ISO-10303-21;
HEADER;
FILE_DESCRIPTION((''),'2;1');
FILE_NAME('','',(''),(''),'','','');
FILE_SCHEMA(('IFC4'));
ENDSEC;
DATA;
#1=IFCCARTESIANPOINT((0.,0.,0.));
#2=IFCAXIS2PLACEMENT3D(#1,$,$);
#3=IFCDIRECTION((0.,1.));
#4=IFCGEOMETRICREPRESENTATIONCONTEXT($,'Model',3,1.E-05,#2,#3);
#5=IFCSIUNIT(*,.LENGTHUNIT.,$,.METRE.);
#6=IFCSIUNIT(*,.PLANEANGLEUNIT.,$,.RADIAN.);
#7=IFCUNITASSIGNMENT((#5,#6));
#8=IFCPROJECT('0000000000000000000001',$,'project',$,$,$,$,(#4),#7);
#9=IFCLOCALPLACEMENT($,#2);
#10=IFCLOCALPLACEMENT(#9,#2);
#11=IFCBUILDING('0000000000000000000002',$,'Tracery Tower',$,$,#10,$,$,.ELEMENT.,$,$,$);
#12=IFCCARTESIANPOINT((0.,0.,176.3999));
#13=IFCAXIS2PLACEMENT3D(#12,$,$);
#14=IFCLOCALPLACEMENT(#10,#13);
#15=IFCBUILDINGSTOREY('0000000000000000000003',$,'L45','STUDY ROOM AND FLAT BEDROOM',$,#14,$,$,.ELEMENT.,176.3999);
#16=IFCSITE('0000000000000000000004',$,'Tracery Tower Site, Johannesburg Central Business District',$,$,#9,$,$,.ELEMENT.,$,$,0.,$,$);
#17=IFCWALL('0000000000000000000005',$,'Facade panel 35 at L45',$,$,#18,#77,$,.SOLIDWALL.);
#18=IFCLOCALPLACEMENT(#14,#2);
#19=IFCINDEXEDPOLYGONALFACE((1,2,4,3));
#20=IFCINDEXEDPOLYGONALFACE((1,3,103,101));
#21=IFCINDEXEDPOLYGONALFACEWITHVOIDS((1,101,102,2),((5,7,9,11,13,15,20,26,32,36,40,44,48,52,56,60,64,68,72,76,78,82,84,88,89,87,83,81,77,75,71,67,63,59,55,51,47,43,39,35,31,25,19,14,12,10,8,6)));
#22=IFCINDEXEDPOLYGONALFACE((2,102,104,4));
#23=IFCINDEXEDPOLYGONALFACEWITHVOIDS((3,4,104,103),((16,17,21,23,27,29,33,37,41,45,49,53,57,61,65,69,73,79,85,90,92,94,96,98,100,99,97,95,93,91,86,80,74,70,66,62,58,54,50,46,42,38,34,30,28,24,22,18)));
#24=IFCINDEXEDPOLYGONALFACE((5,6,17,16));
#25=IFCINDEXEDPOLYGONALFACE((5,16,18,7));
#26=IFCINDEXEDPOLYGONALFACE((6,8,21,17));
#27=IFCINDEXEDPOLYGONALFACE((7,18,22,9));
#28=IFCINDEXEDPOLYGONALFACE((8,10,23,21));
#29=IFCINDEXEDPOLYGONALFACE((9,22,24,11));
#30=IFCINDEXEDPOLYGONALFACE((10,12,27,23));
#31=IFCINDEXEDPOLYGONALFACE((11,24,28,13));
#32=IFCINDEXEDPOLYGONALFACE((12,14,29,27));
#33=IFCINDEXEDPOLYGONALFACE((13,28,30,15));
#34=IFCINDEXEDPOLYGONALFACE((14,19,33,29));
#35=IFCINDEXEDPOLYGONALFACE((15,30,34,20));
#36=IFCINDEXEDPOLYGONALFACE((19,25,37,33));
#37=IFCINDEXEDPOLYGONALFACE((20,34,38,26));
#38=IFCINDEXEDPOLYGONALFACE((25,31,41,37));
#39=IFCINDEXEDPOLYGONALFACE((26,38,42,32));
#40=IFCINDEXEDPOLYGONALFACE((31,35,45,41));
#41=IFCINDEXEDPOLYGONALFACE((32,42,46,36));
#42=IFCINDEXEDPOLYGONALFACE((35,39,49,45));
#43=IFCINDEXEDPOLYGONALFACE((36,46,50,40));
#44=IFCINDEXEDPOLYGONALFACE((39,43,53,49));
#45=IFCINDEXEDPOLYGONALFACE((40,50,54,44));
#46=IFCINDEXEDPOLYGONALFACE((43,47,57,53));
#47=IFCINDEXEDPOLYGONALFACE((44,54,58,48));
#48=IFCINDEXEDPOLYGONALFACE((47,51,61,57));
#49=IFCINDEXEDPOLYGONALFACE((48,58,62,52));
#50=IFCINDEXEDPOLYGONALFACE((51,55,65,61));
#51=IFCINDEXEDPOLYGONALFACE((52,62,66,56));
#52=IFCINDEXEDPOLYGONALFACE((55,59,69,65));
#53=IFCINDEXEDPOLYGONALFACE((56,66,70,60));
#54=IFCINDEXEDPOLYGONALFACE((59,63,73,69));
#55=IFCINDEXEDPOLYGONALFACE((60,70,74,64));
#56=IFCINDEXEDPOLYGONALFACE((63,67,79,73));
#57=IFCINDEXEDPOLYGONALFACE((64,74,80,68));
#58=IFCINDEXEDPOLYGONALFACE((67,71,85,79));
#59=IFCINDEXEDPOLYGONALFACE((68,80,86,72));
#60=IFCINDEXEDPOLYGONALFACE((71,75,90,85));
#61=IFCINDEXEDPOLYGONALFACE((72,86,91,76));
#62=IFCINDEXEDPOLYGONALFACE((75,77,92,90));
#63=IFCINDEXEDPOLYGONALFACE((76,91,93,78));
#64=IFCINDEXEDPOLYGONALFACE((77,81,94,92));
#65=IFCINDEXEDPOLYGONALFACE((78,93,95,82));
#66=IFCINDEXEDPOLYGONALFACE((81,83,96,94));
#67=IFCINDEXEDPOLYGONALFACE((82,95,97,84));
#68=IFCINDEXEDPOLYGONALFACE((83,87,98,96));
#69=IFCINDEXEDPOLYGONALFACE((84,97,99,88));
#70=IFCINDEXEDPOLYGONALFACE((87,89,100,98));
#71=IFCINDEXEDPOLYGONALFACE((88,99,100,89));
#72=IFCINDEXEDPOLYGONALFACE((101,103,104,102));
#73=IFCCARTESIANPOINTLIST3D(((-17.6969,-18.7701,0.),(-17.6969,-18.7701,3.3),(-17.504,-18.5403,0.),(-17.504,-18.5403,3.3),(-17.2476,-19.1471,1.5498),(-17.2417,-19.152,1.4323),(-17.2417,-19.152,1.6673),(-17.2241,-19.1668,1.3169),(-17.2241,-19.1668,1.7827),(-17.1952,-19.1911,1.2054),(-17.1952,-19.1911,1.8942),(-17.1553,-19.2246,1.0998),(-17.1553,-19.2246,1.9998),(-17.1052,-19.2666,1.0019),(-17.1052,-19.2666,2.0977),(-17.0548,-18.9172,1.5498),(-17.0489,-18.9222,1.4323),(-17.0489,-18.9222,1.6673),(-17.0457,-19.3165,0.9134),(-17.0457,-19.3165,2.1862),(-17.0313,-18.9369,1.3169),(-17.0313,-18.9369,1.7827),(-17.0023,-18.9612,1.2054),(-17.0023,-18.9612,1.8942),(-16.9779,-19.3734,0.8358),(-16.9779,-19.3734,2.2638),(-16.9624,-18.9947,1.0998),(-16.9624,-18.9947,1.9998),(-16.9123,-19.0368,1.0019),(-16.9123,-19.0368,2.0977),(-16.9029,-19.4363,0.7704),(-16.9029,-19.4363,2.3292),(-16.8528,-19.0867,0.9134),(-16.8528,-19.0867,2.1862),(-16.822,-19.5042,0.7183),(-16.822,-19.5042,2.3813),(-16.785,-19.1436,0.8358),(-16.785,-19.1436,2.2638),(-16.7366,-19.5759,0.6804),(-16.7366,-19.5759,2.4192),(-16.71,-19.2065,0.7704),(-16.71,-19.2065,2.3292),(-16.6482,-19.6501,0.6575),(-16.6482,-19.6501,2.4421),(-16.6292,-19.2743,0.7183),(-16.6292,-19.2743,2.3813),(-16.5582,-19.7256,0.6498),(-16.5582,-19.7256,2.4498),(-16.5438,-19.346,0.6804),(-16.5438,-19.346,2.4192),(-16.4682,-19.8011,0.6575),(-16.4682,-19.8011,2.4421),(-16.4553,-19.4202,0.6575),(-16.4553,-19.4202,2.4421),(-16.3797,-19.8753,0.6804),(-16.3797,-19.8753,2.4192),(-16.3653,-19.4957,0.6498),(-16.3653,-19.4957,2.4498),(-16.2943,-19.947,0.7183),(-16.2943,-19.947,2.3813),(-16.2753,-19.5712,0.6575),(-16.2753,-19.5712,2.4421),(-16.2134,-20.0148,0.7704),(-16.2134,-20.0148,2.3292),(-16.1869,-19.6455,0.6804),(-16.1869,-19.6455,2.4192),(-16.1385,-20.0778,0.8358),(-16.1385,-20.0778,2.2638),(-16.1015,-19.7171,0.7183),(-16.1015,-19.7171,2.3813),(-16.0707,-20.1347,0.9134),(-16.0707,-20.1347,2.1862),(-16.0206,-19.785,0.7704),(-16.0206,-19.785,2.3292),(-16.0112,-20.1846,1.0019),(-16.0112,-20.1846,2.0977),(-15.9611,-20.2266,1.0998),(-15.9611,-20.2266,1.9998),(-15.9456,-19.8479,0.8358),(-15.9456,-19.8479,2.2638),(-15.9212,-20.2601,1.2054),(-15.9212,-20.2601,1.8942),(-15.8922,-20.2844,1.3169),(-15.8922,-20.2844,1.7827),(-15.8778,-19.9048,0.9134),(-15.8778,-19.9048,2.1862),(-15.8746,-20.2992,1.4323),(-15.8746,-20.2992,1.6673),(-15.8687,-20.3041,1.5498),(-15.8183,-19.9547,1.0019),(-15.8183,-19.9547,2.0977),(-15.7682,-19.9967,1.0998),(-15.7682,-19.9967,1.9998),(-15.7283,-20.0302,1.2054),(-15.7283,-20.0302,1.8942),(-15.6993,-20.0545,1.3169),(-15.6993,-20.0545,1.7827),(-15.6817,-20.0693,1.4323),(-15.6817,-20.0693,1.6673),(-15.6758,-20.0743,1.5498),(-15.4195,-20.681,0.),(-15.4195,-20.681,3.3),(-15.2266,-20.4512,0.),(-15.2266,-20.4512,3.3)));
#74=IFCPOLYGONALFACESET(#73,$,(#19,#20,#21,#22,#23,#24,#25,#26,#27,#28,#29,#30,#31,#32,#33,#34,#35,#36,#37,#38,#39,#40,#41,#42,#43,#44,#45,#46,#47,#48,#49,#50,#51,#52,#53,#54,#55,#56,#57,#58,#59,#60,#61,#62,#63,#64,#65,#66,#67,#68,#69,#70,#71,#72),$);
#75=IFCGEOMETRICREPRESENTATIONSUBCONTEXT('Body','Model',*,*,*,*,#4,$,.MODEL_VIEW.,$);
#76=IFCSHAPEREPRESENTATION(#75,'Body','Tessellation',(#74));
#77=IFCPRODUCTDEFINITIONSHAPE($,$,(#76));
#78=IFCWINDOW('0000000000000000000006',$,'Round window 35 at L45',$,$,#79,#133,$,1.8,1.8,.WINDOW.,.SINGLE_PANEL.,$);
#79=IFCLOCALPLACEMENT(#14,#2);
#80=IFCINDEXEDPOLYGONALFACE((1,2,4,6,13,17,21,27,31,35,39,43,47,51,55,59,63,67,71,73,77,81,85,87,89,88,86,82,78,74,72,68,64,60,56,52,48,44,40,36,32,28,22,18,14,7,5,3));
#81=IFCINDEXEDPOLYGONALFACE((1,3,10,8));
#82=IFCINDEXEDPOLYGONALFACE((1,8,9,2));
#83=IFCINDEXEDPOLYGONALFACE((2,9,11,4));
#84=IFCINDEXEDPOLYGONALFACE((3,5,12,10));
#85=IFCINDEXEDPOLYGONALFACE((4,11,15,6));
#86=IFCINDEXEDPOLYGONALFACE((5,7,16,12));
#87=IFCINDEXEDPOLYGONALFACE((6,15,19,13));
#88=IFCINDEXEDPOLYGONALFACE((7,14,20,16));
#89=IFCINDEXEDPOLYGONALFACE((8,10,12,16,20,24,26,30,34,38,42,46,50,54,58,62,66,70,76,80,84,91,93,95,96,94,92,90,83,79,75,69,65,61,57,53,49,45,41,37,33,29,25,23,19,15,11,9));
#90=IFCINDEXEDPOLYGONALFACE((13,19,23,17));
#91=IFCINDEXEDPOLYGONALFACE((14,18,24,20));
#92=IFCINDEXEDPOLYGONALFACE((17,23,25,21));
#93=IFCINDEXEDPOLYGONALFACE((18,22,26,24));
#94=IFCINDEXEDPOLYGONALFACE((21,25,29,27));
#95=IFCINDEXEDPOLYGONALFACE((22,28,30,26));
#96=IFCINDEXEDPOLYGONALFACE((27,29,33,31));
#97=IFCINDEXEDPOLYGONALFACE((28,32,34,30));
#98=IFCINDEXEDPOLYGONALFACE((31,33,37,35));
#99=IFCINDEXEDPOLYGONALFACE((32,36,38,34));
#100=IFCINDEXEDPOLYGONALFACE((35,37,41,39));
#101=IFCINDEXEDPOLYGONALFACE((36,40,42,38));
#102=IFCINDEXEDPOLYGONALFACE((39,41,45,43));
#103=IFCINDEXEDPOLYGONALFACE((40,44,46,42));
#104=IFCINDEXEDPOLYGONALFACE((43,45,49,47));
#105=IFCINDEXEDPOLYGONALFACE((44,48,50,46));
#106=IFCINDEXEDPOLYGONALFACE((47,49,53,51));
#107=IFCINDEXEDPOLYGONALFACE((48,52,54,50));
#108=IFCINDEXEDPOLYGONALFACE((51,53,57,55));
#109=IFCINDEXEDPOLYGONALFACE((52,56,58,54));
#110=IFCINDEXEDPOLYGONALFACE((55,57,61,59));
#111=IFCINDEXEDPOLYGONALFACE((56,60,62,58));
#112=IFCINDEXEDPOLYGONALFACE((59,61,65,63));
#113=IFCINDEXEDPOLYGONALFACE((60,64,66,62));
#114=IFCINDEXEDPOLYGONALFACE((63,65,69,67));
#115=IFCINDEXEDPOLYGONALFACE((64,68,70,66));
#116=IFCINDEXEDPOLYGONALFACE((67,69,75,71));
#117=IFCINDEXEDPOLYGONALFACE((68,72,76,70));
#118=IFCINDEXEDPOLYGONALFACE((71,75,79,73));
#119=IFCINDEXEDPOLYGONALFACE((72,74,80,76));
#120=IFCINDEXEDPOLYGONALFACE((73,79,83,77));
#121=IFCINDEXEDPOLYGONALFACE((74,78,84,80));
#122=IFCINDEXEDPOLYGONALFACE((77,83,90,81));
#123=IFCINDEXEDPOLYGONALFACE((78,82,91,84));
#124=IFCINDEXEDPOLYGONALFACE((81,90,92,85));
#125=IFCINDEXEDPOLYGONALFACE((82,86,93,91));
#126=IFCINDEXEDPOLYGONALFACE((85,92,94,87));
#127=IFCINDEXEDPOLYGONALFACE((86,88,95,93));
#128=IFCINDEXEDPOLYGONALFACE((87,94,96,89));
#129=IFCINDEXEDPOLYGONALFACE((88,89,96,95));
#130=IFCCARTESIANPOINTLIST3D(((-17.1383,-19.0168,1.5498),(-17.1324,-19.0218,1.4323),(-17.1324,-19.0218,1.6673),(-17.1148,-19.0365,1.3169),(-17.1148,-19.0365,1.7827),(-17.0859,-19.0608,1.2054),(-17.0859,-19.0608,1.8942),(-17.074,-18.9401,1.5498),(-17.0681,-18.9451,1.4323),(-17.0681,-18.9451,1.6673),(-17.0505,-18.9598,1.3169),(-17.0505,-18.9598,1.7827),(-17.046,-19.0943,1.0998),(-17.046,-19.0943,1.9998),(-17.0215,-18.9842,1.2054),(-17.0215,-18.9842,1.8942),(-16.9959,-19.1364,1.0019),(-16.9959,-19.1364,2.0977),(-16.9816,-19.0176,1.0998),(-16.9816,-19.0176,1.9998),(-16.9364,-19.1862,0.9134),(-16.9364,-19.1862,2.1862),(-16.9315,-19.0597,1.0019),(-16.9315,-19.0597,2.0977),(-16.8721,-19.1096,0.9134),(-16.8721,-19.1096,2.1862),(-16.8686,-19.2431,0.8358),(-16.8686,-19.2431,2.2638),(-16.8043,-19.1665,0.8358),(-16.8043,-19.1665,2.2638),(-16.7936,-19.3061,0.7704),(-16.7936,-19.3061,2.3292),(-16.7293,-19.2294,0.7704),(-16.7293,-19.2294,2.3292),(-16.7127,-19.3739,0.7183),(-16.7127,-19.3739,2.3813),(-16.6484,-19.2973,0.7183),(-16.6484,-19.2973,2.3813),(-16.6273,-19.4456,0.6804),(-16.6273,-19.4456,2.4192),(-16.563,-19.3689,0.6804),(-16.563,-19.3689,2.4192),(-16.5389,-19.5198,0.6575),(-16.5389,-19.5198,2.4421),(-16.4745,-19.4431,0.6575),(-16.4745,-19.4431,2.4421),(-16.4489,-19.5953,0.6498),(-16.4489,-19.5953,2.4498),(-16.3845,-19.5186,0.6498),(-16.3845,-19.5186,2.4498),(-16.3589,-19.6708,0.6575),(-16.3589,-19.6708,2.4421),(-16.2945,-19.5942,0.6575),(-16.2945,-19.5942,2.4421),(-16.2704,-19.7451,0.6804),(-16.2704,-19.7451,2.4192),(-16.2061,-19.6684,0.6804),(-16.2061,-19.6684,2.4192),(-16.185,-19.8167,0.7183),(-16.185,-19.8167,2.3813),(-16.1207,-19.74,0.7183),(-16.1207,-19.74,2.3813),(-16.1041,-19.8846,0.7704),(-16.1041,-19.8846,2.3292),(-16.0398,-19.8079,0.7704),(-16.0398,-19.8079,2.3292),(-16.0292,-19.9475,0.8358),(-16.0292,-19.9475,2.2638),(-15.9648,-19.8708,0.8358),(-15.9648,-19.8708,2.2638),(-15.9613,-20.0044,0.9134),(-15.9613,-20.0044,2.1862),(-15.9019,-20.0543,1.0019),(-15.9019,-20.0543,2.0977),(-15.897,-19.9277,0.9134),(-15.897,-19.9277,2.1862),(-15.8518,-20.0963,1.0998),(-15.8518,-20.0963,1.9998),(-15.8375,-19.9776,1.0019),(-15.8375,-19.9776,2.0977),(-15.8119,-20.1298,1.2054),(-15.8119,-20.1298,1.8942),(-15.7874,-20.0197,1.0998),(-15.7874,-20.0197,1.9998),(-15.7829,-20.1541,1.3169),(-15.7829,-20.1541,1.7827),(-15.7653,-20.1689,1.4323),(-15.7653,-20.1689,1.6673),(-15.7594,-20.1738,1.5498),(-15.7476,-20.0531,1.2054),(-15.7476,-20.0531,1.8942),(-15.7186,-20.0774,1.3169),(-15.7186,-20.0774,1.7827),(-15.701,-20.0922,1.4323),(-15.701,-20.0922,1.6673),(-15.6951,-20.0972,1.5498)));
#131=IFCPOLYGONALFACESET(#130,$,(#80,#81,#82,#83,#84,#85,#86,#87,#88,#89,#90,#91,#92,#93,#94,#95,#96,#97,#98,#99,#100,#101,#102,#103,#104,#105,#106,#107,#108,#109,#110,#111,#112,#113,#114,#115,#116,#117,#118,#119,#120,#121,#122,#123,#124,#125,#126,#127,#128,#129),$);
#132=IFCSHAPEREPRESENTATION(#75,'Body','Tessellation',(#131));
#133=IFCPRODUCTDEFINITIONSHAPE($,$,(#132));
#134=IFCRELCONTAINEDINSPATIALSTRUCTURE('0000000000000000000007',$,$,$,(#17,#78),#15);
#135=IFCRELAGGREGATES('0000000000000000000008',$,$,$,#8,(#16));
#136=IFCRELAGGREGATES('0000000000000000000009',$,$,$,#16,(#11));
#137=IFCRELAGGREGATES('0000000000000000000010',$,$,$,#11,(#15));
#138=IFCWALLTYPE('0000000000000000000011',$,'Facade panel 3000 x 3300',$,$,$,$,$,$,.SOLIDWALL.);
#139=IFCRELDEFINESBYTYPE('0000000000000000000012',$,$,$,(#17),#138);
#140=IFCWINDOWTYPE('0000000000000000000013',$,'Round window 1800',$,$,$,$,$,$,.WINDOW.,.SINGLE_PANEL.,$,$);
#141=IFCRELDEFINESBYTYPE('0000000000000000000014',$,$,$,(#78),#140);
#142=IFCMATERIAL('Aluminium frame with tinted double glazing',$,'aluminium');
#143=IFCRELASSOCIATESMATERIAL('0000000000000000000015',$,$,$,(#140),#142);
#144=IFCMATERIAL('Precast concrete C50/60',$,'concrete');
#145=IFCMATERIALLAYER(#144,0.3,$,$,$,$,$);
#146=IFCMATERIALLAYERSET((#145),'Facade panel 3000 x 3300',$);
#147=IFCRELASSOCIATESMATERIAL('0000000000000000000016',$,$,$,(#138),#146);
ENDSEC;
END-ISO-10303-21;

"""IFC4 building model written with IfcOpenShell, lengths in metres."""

from ifc_helpers import new_model, si_unit, direction, frame, frame_2d, origin, origin_2d, place, context, subcontext, project, spatial, rectangle, circle, extrude, material, layer, layer_set, type_object, element, fill, save


model = new_model("IFC4")

# Units and contexts
model_context = context("Model", 3, precision=1e-05, world=origin(), true_north=direction((0.0, 1.0)))
body_context = subcontext(model_context, "Body", "Model", "MODEL_VIEW")
ifc_project = project(units=[si_unit("LENGTHUNIT", "METRE"), si_unit("PLANEANGLEUNIT", "RADIAN")], contexts=[model_context])

# Site, building, storey
site_placement = place(None, origin())
site = spatial("IfcSite", under=ifc_project, at=site_placement, Name="Tracery Tower Site, Johannesburg Central Business District", CompositionType="ELEMENT", RefElevation=0.0)
building_placement = place(site_placement, origin())
building = spatial("IfcBuilding", under=site, at=building_placement, Name="Tracery Tower", CompositionType="ELEMENT")
storey_placement = place(building_placement, frame((0.0, 0.0, 176.3999)))
storey = spatial("IfcBuildingStorey", under=building, at=storey_placement, Name="L45", Description="STUDY ROOM AND FLAT BEDROOM", CompositionType="ELEMENT", Elevation=176.3999)

# Wall, opening, window
ifc_material_1 = material(Name="Aluminium frame with tinted double glazing", Category="aluminium")
window_type = type_object("IfcWindowType", Name="Round window 1800", PartitioningType="SINGLE_PANEL", PredefinedType="WINDOW", material=ifc_material_1)
ifc_material_2 = material(Name="Precast concrete C50/60", Category="concrete")
ifc_layer_1 = layer(ifc_material_2, 0.3)
ifc_layer_set_1 = layer_set([ifc_layer_1], Name="Facade panel 3000 x 3300")
wall_type_1 = type_object("IfcWallType", Name="Facade panel 3000 x 3300", PredefinedType="SOLIDWALL", material=ifc_layer_set_1)
wall_1_placement = place(storey_placement, frame((-17.6003, -18.6553, 0.0), z_axis=(0.0, 0.0, 1.0), x_axis=(0.766049, -0.642782, 0.0)))
wall_1 = element("IfcWall", 1, at=wall_1_placement, inside=storey, type_object=wall_type_1, Name="Facade panel 35 at L45", PredefinedType="SOLIDWALL", context=body_context, shape_type="SweptSolid", body=[
    extrude(rectangle(XDim=2.9729, YDim=0.3, at=frame_2d((1.4863, 0.0))), origin(), (0.0, 0.0, 1.0), 3.3),
])
opening_1_placement = place(wall_1_placement, frame((1.4863, 0.0, 1.5498)))
opening_1 = element("IfcOpeningElement", 2, at=opening_1_placement, cuts=wall_1, PredefinedType="OPENING", context=body_context, shape_type="SweptSolid", body=[
    extrude(circle(Radius=0.9, at=origin_2d()), frame((0.0, 0.1599, 0.0), z_axis=(0.0, -1.0, 0.0), x_axis=(1.0, 0.0, 0.0)), (0.0, 0.0, 1.0), 0.3201),
])
window_1_placement = place(opening_1_placement, origin())
window_1 = element("IfcWindow", 3, at=window_1_placement, inside=storey, type_object=window_type, Name="Round window 35 at L45", OverallHeight=1.8, OverallWidth=1.8, PartitioningType="SINGLE_PANEL", PredefinedType="WINDOW", context=body_context, shape_type="SweptSolid", body=[
    extrude(circle(Radius=0.9, at=origin_2d()), frame((0.0, 0.1201, 0.0), z_axis=(0.0, -1.0, 0.0), x_axis=(1.0, 0.0, 0.0)), (0.0, 0.0, 1.0), 0.1001),
])
fill(opening_1, window_1)

save(model, "model.ifc")
